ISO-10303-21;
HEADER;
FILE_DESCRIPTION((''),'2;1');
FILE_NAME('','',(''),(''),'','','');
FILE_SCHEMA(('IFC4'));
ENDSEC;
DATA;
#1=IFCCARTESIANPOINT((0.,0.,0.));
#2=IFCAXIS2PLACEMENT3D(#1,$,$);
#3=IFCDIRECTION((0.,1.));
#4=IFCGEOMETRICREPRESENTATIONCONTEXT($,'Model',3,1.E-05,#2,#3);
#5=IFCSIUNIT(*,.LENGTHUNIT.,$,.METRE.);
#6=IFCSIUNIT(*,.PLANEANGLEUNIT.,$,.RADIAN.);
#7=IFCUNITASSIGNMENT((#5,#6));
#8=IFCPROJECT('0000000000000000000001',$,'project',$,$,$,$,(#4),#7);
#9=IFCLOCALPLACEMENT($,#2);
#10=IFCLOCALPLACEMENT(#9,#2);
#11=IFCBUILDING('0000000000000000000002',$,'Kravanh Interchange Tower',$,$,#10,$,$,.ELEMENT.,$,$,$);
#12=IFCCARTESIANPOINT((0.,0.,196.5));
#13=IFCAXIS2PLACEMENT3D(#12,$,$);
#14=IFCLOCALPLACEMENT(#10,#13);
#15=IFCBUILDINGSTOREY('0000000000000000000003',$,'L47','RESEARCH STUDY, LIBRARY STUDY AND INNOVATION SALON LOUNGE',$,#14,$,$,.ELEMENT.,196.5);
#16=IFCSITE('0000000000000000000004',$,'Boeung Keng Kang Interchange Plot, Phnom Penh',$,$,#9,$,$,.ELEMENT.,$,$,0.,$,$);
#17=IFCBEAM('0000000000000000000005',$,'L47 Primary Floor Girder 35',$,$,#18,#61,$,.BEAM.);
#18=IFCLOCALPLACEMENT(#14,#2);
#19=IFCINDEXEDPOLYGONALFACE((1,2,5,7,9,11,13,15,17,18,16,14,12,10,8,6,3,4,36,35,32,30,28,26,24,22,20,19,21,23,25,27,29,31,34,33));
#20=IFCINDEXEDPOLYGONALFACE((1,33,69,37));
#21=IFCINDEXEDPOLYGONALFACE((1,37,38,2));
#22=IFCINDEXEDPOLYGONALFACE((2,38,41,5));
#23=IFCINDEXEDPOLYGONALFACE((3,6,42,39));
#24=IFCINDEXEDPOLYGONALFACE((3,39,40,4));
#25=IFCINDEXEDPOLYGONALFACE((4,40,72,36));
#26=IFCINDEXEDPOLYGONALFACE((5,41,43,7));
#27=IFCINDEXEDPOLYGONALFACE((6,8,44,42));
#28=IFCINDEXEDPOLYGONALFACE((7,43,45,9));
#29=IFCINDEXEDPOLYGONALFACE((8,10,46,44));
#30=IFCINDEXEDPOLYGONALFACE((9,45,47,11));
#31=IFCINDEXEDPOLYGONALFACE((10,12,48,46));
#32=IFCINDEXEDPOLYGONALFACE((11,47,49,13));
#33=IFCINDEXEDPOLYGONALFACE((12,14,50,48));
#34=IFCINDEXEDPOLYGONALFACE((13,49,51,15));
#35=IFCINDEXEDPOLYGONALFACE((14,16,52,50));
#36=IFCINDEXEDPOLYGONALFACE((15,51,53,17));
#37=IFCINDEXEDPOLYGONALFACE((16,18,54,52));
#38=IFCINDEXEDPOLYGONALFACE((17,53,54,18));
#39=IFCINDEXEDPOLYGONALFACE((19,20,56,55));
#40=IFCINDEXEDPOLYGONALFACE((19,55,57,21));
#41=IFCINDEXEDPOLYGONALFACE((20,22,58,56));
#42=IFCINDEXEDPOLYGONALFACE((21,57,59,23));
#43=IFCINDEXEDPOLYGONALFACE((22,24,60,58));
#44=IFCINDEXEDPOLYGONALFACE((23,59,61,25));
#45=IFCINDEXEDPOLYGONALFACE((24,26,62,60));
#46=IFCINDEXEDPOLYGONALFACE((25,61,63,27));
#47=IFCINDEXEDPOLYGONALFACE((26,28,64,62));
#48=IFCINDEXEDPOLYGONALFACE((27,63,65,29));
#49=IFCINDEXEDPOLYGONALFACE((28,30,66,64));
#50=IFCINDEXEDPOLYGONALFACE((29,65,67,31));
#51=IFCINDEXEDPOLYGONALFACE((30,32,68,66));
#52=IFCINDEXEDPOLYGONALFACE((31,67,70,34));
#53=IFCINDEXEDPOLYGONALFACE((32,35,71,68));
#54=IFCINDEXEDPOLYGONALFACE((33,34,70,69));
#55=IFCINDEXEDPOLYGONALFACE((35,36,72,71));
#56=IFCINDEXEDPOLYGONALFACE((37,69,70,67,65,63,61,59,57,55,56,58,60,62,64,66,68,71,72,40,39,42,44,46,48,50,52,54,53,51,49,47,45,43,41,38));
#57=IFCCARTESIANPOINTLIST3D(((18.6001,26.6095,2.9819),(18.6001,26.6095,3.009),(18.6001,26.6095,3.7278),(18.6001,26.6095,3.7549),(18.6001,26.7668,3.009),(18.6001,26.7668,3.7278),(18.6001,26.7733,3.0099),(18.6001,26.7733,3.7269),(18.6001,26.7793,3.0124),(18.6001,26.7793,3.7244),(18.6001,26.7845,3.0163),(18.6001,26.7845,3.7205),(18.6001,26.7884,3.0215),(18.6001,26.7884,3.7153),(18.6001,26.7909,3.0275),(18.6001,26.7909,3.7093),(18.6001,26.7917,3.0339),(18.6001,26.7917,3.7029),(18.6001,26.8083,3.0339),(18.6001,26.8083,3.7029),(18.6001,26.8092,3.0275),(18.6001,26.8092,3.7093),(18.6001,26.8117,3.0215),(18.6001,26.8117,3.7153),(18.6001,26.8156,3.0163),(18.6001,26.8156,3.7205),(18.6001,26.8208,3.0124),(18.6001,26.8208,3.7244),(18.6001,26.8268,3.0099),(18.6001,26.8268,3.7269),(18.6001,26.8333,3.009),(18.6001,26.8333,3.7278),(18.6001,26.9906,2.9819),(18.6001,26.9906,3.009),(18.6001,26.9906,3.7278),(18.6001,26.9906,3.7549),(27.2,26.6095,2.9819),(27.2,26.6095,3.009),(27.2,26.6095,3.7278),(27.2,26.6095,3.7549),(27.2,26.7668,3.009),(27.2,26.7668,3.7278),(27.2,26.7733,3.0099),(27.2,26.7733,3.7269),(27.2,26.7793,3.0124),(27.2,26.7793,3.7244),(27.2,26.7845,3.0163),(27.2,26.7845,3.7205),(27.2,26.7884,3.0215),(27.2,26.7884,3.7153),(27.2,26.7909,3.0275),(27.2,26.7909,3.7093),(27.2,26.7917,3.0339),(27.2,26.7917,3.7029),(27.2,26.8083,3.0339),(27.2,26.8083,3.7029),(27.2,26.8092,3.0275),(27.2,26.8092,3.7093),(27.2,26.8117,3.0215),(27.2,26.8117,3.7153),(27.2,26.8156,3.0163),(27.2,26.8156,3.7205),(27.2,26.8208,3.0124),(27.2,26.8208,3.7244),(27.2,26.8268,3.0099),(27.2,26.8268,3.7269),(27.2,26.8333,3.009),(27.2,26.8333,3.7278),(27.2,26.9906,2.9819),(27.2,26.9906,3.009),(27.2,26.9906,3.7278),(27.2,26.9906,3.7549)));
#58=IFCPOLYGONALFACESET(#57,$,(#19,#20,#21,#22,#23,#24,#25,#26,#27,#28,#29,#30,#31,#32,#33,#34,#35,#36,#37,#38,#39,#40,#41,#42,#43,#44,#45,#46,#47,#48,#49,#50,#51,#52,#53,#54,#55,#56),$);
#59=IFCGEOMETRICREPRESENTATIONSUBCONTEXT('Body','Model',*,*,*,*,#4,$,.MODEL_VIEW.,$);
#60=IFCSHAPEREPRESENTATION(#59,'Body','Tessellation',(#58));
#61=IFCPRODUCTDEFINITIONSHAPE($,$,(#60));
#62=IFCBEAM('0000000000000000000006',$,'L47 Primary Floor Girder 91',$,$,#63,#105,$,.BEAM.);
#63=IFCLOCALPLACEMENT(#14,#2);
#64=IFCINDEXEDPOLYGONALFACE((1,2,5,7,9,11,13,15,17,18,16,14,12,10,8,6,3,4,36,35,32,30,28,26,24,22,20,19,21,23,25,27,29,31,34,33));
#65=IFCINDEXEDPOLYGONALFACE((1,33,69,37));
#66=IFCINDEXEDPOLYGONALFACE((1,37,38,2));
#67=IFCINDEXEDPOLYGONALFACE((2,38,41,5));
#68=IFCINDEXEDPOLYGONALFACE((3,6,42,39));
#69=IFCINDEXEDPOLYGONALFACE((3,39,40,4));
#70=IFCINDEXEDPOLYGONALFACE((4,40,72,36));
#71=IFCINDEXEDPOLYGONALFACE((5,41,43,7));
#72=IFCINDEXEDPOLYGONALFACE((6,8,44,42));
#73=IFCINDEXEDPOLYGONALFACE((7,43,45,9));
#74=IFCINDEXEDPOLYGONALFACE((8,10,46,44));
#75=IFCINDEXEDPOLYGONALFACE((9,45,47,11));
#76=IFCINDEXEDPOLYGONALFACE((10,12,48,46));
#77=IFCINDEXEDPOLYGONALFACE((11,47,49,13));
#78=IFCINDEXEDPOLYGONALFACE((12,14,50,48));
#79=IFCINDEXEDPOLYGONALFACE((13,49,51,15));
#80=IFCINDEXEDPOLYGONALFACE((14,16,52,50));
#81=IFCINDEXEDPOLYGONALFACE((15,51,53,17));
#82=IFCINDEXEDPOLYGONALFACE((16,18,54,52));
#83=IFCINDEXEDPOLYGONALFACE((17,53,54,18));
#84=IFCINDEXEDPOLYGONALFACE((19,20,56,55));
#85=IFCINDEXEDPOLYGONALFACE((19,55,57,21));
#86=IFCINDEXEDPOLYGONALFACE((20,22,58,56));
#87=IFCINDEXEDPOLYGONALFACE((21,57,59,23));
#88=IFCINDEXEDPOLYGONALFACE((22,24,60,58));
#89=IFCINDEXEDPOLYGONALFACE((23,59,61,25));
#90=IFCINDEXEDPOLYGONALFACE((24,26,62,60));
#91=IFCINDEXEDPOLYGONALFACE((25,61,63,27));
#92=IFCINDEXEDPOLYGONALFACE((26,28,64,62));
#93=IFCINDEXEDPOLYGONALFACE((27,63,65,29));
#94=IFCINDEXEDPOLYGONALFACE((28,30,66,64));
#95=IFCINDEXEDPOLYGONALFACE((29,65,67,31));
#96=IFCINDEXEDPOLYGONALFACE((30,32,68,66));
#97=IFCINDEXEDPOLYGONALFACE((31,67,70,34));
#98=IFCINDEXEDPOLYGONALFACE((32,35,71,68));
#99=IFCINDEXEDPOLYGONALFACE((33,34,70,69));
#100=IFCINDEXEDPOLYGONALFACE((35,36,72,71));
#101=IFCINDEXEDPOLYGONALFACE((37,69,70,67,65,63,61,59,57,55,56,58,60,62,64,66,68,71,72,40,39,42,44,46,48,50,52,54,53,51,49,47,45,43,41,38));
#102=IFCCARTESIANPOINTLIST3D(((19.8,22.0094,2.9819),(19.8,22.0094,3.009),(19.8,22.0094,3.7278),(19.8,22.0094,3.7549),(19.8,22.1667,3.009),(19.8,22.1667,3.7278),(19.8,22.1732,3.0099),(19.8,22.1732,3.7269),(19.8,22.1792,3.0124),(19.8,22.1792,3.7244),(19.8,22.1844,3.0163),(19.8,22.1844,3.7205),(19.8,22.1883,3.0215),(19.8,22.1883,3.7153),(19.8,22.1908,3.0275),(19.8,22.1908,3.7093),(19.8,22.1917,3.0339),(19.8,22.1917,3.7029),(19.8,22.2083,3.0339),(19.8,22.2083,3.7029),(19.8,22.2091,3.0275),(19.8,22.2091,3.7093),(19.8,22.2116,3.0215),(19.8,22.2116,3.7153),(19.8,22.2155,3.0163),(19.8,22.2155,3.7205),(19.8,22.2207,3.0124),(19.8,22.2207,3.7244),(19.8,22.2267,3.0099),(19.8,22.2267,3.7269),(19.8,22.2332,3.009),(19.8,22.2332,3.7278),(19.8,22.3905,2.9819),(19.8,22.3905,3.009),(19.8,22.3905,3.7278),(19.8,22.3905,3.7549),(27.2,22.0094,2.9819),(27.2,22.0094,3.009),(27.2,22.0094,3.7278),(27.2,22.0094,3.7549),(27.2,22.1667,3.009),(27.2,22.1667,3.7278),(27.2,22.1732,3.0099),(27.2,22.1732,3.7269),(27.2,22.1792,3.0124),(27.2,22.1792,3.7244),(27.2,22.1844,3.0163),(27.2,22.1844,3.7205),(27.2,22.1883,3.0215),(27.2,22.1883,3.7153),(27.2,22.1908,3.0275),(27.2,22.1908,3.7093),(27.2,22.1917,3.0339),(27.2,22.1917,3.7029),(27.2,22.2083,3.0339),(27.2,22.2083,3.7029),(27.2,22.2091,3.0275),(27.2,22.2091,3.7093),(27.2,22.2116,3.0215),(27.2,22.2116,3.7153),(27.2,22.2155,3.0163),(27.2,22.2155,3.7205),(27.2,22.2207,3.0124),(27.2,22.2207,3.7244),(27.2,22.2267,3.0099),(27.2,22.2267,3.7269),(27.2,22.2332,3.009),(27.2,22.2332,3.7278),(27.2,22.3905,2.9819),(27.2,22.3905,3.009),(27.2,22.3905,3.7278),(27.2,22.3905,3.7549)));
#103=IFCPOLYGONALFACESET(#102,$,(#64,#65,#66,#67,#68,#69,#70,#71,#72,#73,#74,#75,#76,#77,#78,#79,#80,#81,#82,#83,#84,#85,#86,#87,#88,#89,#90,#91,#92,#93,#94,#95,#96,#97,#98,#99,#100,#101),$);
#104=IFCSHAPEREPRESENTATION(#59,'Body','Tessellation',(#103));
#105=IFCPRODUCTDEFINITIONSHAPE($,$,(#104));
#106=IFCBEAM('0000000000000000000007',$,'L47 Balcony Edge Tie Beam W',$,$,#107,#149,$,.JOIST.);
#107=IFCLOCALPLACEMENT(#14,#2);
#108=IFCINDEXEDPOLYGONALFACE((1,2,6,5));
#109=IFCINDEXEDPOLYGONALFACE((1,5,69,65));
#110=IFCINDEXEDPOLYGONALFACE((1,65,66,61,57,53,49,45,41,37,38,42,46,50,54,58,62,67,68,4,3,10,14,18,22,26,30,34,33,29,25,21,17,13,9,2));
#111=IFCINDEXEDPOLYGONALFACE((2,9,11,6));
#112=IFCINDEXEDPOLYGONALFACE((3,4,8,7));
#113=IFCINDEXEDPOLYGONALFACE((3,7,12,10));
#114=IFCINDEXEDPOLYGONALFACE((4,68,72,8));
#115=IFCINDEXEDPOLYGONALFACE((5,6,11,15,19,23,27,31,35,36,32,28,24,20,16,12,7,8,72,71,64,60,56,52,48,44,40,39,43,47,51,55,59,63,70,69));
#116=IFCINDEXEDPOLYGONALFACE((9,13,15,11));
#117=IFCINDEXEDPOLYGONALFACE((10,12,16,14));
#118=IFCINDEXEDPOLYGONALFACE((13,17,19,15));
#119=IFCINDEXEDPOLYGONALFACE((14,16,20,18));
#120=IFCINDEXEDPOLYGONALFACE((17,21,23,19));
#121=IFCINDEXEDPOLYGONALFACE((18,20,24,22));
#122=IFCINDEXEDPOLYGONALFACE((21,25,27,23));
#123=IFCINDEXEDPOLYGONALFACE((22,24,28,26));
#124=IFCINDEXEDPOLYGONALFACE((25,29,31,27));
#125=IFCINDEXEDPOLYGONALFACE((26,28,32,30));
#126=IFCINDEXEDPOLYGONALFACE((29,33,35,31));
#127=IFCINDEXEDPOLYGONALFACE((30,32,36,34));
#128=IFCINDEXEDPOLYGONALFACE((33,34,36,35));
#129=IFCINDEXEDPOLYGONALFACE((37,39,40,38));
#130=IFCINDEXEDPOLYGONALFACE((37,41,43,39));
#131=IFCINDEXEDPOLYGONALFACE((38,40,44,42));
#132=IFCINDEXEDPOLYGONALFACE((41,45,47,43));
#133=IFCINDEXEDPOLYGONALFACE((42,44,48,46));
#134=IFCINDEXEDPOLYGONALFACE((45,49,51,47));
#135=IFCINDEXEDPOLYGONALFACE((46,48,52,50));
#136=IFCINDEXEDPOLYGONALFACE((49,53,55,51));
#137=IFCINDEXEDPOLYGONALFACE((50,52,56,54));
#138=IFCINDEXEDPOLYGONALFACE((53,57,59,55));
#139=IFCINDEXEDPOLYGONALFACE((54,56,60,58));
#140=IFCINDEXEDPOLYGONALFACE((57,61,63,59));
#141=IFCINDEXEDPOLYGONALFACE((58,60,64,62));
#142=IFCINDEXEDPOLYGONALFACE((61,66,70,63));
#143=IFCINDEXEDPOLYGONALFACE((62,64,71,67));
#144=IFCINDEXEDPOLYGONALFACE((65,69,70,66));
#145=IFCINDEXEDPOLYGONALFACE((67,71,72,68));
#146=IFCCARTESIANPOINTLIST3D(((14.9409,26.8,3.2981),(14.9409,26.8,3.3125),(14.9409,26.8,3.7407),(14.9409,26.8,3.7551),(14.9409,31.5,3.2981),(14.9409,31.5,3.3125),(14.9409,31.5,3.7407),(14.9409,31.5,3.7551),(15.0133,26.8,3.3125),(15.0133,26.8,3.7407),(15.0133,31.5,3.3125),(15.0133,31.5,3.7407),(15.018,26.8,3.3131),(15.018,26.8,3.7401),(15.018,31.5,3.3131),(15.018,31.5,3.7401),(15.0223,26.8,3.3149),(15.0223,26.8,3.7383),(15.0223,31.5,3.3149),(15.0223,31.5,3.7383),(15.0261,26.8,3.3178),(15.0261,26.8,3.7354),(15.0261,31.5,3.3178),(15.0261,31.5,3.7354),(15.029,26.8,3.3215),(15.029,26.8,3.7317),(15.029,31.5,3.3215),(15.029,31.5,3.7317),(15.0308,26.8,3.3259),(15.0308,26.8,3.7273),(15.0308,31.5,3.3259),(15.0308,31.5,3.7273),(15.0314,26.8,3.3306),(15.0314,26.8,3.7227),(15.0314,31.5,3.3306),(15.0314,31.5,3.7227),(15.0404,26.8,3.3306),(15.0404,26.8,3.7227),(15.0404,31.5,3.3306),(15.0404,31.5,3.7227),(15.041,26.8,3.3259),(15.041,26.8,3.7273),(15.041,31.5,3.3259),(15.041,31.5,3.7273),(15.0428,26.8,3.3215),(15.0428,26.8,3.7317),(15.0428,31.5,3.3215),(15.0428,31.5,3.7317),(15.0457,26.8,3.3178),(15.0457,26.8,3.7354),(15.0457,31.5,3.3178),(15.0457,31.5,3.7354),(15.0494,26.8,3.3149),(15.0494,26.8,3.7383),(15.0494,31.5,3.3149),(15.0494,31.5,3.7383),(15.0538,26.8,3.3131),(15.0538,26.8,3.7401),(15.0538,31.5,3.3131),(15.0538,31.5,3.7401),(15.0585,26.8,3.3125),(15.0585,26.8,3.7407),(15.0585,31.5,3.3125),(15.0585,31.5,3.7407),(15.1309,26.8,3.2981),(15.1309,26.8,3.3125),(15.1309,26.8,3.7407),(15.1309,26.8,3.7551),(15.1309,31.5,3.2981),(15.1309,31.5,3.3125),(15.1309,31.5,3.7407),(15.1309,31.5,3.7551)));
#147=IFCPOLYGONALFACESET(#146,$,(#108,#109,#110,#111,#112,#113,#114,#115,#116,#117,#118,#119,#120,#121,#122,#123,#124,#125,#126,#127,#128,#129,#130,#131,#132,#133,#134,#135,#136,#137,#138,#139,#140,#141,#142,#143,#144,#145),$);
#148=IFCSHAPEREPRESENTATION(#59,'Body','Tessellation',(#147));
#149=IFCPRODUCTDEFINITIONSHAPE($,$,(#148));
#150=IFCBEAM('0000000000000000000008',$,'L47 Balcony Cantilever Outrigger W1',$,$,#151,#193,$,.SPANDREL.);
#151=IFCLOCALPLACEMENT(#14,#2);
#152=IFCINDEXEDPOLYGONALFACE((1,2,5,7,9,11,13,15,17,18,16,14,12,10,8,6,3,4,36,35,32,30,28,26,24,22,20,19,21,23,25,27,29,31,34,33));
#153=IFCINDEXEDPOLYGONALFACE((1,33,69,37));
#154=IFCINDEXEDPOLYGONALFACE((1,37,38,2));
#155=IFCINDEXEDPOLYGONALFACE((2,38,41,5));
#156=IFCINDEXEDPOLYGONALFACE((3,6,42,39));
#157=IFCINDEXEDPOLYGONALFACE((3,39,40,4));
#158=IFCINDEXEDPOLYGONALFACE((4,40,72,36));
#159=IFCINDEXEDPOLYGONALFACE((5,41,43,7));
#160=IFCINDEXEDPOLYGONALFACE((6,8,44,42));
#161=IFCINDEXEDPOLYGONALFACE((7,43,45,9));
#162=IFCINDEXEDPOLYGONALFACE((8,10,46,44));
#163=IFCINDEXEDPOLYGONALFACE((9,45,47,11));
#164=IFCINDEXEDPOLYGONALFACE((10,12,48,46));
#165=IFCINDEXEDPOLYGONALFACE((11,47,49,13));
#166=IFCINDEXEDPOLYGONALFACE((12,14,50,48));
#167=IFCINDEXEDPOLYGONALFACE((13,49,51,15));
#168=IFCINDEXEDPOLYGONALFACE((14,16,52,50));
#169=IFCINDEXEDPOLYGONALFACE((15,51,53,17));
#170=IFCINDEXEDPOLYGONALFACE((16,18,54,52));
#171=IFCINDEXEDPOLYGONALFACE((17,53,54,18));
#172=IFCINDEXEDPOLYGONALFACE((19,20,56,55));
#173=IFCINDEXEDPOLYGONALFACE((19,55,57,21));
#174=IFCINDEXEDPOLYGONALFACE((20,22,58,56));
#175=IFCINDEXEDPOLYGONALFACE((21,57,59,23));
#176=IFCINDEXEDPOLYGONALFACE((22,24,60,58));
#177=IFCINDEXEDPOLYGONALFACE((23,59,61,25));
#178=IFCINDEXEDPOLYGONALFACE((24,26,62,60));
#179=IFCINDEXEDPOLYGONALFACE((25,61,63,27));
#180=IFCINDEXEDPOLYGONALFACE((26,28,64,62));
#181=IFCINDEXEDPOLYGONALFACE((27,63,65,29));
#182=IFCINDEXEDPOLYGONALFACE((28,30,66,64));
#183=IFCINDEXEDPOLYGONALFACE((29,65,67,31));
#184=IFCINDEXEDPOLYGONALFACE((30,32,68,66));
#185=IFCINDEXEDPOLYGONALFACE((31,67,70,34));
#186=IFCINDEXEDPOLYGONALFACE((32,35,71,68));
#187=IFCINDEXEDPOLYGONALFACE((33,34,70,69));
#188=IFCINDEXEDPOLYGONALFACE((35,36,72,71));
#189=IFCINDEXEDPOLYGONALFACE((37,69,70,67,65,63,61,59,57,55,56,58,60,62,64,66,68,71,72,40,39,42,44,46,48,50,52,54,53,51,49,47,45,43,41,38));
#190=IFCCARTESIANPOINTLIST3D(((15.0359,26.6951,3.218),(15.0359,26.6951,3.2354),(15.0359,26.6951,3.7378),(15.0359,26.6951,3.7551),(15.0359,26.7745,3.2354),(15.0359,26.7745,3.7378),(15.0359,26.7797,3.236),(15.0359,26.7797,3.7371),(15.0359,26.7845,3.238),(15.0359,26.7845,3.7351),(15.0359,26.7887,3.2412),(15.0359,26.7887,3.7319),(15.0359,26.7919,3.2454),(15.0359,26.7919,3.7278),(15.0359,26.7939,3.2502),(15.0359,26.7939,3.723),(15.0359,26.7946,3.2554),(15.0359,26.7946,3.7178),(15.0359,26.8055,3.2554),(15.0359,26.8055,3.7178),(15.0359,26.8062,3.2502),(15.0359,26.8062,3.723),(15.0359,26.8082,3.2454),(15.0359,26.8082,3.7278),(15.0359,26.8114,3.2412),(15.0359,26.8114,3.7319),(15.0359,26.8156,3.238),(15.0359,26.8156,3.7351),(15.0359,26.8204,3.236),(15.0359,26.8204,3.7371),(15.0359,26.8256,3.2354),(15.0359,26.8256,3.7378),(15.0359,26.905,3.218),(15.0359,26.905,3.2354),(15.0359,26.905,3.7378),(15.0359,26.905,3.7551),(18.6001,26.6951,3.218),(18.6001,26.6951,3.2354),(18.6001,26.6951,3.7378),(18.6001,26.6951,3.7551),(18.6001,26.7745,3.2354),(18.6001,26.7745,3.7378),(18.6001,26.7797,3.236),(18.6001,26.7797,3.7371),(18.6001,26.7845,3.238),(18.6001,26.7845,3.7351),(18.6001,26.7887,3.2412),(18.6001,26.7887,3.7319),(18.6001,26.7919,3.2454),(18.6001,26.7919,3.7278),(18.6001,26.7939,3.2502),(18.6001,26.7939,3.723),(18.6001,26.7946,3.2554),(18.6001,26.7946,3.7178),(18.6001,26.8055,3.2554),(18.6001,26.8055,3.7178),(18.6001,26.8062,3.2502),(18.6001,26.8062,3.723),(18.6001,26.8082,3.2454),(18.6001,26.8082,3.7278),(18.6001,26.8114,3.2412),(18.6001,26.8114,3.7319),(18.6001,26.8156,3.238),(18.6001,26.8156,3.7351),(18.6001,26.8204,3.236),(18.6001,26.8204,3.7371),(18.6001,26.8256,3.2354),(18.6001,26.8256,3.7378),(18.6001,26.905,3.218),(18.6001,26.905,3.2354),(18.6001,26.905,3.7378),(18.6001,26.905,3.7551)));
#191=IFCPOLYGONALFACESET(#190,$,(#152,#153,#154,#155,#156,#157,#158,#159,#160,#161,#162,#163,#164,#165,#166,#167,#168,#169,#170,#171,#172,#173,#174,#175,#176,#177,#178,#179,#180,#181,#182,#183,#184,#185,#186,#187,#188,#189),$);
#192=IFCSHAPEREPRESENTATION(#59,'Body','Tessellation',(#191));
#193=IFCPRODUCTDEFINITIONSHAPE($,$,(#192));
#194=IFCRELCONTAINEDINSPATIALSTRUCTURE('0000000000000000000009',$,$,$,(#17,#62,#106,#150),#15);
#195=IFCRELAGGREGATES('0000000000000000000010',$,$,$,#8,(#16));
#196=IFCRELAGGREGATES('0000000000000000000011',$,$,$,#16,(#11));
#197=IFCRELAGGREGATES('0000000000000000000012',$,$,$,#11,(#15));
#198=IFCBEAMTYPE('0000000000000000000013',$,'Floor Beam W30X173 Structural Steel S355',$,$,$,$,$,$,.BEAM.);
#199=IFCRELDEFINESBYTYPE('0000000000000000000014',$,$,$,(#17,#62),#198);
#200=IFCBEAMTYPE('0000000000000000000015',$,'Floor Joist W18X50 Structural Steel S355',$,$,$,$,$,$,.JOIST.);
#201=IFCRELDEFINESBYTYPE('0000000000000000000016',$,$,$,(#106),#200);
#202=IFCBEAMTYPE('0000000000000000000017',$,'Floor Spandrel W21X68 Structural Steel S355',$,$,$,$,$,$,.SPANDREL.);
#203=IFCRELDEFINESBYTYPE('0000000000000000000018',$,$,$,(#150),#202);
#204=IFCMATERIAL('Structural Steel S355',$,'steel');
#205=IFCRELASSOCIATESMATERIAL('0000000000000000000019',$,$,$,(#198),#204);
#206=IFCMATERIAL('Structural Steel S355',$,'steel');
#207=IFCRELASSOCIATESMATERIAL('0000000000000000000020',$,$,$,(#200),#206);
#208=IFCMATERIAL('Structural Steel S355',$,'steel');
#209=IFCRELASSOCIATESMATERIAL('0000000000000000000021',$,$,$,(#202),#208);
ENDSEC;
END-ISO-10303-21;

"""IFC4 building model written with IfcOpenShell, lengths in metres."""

from ifc_helpers import new_model, si_unit, direction, frame, origin, origin_2d, place, context, subcontext, project, spatial, i_section, extrude, material, material_profile, profile_set, type_object, element, save


model = new_model("IFC4")

# Units and contexts
model_context = context("Model", 3, precision=1e-05, world=origin(), true_north=direction((0.0, 1.0)))
body_context = subcontext(model_context, "Body", "Model", "MODEL_VIEW")
ifc_project = project(units=[si_unit("LENGTHUNIT", "METRE"), si_unit("PLANEANGLEUNIT", "RADIAN")], contexts=[model_context])

# Site, building, storey
site_placement = place(None, origin())
site = spatial("IfcSite", under=ifc_project, at=site_placement, Name="Boeung Keng Kang Interchange Plot, Phnom Penh", CompositionType="ELEMENT", RefElevation=0.0)
building_placement = place(site_placement, origin())
building = spatial("IfcBuilding", under=site, at=building_placement, Name="Kravanh Interchange Tower", CompositionType="ELEMENT")
storey_placement = place(building_placement, frame((0.0, 0.0, 196.5)))
storey = spatial("IfcBuildingStorey", under=building, at=storey_placement, Name="L47", Description="RESEARCH STUDY, LIBRARY STUDY AND INNOVATION SALON LOUNGE", CompositionType="ELEMENT", Elevation=196.5)

# Beams
ifc_material_1 = material(Name="Structural Steel S355", Category="steel")
ifc_material_profile_1 = material_profile(ifc_material_1, i_section(OverallWidth=0.3811, OverallDepth=0.7729, WebThickness=0.0166, FlangeThickness=0.0271, FilletRadius=0.0249, at=origin_2d()), Name="W30X173")
ifc_profile_set_1 = profile_set([ifc_material_profile_1], Name="Structural Steel S355")
beam_type_1 = type_object("IfcBeamType", Name="Floor Beam W30X173 Structural Steel S355", PredefinedType="BEAM", material=ifc_profile_set_1)
beam_1_placement = place(storey_placement, frame((18.6001, 26.8, 3.3684), z_axis=(1.0, 0.0, 0.0), x_axis=(0.0, 1.0, 0.0)))
element("IfcBeam", 1, at=beam_1_placement, inside=storey, type_object=beam_type_1, Name="L47 Primary Floor Girder 35", PredefinedType="BEAM", context=body_context, shape_type="SweptSolid", body=[
    extrude(i_section(OverallWidth=0.3811, OverallDepth=0.7729, WebThickness=0.0166, FlangeThickness=0.0271, FilletRadius=0.0249, at=origin_2d()), origin(), (0.0, 0.0, 1.0), 8.5999),
])
beam_2_placement = place(storey_placement, frame((19.8, 22.2, 3.3684), z_axis=(1.0, 0.0, 0.0), x_axis=(0.0, 1.0, 0.0)))
element("IfcBeam", 2, at=beam_2_placement, inside=storey, type_object=beam_type_1, Name="L47 Primary Floor Girder 91", PredefinedType="BEAM", context=body_context, shape_type="SweptSolid", body=[
    extrude(i_section(OverallWidth=0.3811, OverallDepth=0.7729, WebThickness=0.0166, FlangeThickness=0.0271, FilletRadius=0.0249, at=origin_2d()), origin(), (0.0, 0.0, 1.0), 7.3999),
])
ifc_material_2 = material(Name="Structural Steel S355", Category="steel")
ifc_material_profile_2 = material_profile(ifc_material_2, i_section(OverallWidth=0.1899, OverallDepth=0.457, WebThickness=0.009, FlangeThickness=0.0144, FilletRadius=0.0181, at=origin_2d()), Name="W18X50")
ifc_profile_set_2 = profile_set([ifc_material_profile_2], Name="Structural Steel S355")
beam_type_2 = type_object("IfcBeamType", Name="Floor Joist W18X50 Structural Steel S355", PredefinedType="JOIST", material=ifc_profile_set_2)
beam_3_placement = place(storey_placement, frame((15.0359, 26.8, 3.5266), z_axis=(0.0, 1.0, 0.0), x_axis=(-1.0, 0.0, 0.0)))
element("IfcBeam", 3, at=beam_3_placement, inside=storey, type_object=beam_type_2, Name="L47 Balcony Edge Tie Beam W", PredefinedType="JOIST", context=body_context, shape_type="SweptSolid", body=[
    extrude(i_section(OverallWidth=0.1899, OverallDepth=0.457, WebThickness=0.009, FlangeThickness=0.0144, FilletRadius=0.0181, at=origin_2d()), origin(), (0.0, 0.0, 1.0), 4.7),
])
ifc_material_3 = material(Name="Structural Steel S355", Category="steel")
ifc_material_profile_3 = material_profile(ifc_material_3, i_section(OverallWidth=0.21, OverallDepth=0.5371, WebThickness=0.011, FlangeThickness=0.0173, FilletRadius=0.02, at=origin_2d()), Name="W21X68")
ifc_profile_set_3 = profile_set([ifc_material_profile_3], Name="Structural Steel S355")
beam_type_3 = type_object("IfcBeamType", Name="Floor Spandrel W21X68 Structural Steel S355", PredefinedType="SPANDREL", material=ifc_profile_set_3)
beam_4_placement = place(storey_placement, frame((18.6001, 26.8, 3.4866), z_axis=(-1.0, 0.0, 0.0), x_axis=(0.0, -1.0, 0.0)))
element("IfcBeam", 4, at=beam_4_placement, inside=storey, type_object=beam_type_3, Name="L47 Balcony Cantilever Outrigger W1", PredefinedType="SPANDREL", context=body_context, shape_type="SweptSolid", body=[
    extrude(i_section(OverallWidth=0.21, OverallDepth=0.5371, WebThickness=0.011, FlangeThickness=0.0173, FilletRadius=0.02, at=origin_2d()), origin(), (0.0, 0.0, 1.0), 3.5642),
])

save(model, "model.ifc")
